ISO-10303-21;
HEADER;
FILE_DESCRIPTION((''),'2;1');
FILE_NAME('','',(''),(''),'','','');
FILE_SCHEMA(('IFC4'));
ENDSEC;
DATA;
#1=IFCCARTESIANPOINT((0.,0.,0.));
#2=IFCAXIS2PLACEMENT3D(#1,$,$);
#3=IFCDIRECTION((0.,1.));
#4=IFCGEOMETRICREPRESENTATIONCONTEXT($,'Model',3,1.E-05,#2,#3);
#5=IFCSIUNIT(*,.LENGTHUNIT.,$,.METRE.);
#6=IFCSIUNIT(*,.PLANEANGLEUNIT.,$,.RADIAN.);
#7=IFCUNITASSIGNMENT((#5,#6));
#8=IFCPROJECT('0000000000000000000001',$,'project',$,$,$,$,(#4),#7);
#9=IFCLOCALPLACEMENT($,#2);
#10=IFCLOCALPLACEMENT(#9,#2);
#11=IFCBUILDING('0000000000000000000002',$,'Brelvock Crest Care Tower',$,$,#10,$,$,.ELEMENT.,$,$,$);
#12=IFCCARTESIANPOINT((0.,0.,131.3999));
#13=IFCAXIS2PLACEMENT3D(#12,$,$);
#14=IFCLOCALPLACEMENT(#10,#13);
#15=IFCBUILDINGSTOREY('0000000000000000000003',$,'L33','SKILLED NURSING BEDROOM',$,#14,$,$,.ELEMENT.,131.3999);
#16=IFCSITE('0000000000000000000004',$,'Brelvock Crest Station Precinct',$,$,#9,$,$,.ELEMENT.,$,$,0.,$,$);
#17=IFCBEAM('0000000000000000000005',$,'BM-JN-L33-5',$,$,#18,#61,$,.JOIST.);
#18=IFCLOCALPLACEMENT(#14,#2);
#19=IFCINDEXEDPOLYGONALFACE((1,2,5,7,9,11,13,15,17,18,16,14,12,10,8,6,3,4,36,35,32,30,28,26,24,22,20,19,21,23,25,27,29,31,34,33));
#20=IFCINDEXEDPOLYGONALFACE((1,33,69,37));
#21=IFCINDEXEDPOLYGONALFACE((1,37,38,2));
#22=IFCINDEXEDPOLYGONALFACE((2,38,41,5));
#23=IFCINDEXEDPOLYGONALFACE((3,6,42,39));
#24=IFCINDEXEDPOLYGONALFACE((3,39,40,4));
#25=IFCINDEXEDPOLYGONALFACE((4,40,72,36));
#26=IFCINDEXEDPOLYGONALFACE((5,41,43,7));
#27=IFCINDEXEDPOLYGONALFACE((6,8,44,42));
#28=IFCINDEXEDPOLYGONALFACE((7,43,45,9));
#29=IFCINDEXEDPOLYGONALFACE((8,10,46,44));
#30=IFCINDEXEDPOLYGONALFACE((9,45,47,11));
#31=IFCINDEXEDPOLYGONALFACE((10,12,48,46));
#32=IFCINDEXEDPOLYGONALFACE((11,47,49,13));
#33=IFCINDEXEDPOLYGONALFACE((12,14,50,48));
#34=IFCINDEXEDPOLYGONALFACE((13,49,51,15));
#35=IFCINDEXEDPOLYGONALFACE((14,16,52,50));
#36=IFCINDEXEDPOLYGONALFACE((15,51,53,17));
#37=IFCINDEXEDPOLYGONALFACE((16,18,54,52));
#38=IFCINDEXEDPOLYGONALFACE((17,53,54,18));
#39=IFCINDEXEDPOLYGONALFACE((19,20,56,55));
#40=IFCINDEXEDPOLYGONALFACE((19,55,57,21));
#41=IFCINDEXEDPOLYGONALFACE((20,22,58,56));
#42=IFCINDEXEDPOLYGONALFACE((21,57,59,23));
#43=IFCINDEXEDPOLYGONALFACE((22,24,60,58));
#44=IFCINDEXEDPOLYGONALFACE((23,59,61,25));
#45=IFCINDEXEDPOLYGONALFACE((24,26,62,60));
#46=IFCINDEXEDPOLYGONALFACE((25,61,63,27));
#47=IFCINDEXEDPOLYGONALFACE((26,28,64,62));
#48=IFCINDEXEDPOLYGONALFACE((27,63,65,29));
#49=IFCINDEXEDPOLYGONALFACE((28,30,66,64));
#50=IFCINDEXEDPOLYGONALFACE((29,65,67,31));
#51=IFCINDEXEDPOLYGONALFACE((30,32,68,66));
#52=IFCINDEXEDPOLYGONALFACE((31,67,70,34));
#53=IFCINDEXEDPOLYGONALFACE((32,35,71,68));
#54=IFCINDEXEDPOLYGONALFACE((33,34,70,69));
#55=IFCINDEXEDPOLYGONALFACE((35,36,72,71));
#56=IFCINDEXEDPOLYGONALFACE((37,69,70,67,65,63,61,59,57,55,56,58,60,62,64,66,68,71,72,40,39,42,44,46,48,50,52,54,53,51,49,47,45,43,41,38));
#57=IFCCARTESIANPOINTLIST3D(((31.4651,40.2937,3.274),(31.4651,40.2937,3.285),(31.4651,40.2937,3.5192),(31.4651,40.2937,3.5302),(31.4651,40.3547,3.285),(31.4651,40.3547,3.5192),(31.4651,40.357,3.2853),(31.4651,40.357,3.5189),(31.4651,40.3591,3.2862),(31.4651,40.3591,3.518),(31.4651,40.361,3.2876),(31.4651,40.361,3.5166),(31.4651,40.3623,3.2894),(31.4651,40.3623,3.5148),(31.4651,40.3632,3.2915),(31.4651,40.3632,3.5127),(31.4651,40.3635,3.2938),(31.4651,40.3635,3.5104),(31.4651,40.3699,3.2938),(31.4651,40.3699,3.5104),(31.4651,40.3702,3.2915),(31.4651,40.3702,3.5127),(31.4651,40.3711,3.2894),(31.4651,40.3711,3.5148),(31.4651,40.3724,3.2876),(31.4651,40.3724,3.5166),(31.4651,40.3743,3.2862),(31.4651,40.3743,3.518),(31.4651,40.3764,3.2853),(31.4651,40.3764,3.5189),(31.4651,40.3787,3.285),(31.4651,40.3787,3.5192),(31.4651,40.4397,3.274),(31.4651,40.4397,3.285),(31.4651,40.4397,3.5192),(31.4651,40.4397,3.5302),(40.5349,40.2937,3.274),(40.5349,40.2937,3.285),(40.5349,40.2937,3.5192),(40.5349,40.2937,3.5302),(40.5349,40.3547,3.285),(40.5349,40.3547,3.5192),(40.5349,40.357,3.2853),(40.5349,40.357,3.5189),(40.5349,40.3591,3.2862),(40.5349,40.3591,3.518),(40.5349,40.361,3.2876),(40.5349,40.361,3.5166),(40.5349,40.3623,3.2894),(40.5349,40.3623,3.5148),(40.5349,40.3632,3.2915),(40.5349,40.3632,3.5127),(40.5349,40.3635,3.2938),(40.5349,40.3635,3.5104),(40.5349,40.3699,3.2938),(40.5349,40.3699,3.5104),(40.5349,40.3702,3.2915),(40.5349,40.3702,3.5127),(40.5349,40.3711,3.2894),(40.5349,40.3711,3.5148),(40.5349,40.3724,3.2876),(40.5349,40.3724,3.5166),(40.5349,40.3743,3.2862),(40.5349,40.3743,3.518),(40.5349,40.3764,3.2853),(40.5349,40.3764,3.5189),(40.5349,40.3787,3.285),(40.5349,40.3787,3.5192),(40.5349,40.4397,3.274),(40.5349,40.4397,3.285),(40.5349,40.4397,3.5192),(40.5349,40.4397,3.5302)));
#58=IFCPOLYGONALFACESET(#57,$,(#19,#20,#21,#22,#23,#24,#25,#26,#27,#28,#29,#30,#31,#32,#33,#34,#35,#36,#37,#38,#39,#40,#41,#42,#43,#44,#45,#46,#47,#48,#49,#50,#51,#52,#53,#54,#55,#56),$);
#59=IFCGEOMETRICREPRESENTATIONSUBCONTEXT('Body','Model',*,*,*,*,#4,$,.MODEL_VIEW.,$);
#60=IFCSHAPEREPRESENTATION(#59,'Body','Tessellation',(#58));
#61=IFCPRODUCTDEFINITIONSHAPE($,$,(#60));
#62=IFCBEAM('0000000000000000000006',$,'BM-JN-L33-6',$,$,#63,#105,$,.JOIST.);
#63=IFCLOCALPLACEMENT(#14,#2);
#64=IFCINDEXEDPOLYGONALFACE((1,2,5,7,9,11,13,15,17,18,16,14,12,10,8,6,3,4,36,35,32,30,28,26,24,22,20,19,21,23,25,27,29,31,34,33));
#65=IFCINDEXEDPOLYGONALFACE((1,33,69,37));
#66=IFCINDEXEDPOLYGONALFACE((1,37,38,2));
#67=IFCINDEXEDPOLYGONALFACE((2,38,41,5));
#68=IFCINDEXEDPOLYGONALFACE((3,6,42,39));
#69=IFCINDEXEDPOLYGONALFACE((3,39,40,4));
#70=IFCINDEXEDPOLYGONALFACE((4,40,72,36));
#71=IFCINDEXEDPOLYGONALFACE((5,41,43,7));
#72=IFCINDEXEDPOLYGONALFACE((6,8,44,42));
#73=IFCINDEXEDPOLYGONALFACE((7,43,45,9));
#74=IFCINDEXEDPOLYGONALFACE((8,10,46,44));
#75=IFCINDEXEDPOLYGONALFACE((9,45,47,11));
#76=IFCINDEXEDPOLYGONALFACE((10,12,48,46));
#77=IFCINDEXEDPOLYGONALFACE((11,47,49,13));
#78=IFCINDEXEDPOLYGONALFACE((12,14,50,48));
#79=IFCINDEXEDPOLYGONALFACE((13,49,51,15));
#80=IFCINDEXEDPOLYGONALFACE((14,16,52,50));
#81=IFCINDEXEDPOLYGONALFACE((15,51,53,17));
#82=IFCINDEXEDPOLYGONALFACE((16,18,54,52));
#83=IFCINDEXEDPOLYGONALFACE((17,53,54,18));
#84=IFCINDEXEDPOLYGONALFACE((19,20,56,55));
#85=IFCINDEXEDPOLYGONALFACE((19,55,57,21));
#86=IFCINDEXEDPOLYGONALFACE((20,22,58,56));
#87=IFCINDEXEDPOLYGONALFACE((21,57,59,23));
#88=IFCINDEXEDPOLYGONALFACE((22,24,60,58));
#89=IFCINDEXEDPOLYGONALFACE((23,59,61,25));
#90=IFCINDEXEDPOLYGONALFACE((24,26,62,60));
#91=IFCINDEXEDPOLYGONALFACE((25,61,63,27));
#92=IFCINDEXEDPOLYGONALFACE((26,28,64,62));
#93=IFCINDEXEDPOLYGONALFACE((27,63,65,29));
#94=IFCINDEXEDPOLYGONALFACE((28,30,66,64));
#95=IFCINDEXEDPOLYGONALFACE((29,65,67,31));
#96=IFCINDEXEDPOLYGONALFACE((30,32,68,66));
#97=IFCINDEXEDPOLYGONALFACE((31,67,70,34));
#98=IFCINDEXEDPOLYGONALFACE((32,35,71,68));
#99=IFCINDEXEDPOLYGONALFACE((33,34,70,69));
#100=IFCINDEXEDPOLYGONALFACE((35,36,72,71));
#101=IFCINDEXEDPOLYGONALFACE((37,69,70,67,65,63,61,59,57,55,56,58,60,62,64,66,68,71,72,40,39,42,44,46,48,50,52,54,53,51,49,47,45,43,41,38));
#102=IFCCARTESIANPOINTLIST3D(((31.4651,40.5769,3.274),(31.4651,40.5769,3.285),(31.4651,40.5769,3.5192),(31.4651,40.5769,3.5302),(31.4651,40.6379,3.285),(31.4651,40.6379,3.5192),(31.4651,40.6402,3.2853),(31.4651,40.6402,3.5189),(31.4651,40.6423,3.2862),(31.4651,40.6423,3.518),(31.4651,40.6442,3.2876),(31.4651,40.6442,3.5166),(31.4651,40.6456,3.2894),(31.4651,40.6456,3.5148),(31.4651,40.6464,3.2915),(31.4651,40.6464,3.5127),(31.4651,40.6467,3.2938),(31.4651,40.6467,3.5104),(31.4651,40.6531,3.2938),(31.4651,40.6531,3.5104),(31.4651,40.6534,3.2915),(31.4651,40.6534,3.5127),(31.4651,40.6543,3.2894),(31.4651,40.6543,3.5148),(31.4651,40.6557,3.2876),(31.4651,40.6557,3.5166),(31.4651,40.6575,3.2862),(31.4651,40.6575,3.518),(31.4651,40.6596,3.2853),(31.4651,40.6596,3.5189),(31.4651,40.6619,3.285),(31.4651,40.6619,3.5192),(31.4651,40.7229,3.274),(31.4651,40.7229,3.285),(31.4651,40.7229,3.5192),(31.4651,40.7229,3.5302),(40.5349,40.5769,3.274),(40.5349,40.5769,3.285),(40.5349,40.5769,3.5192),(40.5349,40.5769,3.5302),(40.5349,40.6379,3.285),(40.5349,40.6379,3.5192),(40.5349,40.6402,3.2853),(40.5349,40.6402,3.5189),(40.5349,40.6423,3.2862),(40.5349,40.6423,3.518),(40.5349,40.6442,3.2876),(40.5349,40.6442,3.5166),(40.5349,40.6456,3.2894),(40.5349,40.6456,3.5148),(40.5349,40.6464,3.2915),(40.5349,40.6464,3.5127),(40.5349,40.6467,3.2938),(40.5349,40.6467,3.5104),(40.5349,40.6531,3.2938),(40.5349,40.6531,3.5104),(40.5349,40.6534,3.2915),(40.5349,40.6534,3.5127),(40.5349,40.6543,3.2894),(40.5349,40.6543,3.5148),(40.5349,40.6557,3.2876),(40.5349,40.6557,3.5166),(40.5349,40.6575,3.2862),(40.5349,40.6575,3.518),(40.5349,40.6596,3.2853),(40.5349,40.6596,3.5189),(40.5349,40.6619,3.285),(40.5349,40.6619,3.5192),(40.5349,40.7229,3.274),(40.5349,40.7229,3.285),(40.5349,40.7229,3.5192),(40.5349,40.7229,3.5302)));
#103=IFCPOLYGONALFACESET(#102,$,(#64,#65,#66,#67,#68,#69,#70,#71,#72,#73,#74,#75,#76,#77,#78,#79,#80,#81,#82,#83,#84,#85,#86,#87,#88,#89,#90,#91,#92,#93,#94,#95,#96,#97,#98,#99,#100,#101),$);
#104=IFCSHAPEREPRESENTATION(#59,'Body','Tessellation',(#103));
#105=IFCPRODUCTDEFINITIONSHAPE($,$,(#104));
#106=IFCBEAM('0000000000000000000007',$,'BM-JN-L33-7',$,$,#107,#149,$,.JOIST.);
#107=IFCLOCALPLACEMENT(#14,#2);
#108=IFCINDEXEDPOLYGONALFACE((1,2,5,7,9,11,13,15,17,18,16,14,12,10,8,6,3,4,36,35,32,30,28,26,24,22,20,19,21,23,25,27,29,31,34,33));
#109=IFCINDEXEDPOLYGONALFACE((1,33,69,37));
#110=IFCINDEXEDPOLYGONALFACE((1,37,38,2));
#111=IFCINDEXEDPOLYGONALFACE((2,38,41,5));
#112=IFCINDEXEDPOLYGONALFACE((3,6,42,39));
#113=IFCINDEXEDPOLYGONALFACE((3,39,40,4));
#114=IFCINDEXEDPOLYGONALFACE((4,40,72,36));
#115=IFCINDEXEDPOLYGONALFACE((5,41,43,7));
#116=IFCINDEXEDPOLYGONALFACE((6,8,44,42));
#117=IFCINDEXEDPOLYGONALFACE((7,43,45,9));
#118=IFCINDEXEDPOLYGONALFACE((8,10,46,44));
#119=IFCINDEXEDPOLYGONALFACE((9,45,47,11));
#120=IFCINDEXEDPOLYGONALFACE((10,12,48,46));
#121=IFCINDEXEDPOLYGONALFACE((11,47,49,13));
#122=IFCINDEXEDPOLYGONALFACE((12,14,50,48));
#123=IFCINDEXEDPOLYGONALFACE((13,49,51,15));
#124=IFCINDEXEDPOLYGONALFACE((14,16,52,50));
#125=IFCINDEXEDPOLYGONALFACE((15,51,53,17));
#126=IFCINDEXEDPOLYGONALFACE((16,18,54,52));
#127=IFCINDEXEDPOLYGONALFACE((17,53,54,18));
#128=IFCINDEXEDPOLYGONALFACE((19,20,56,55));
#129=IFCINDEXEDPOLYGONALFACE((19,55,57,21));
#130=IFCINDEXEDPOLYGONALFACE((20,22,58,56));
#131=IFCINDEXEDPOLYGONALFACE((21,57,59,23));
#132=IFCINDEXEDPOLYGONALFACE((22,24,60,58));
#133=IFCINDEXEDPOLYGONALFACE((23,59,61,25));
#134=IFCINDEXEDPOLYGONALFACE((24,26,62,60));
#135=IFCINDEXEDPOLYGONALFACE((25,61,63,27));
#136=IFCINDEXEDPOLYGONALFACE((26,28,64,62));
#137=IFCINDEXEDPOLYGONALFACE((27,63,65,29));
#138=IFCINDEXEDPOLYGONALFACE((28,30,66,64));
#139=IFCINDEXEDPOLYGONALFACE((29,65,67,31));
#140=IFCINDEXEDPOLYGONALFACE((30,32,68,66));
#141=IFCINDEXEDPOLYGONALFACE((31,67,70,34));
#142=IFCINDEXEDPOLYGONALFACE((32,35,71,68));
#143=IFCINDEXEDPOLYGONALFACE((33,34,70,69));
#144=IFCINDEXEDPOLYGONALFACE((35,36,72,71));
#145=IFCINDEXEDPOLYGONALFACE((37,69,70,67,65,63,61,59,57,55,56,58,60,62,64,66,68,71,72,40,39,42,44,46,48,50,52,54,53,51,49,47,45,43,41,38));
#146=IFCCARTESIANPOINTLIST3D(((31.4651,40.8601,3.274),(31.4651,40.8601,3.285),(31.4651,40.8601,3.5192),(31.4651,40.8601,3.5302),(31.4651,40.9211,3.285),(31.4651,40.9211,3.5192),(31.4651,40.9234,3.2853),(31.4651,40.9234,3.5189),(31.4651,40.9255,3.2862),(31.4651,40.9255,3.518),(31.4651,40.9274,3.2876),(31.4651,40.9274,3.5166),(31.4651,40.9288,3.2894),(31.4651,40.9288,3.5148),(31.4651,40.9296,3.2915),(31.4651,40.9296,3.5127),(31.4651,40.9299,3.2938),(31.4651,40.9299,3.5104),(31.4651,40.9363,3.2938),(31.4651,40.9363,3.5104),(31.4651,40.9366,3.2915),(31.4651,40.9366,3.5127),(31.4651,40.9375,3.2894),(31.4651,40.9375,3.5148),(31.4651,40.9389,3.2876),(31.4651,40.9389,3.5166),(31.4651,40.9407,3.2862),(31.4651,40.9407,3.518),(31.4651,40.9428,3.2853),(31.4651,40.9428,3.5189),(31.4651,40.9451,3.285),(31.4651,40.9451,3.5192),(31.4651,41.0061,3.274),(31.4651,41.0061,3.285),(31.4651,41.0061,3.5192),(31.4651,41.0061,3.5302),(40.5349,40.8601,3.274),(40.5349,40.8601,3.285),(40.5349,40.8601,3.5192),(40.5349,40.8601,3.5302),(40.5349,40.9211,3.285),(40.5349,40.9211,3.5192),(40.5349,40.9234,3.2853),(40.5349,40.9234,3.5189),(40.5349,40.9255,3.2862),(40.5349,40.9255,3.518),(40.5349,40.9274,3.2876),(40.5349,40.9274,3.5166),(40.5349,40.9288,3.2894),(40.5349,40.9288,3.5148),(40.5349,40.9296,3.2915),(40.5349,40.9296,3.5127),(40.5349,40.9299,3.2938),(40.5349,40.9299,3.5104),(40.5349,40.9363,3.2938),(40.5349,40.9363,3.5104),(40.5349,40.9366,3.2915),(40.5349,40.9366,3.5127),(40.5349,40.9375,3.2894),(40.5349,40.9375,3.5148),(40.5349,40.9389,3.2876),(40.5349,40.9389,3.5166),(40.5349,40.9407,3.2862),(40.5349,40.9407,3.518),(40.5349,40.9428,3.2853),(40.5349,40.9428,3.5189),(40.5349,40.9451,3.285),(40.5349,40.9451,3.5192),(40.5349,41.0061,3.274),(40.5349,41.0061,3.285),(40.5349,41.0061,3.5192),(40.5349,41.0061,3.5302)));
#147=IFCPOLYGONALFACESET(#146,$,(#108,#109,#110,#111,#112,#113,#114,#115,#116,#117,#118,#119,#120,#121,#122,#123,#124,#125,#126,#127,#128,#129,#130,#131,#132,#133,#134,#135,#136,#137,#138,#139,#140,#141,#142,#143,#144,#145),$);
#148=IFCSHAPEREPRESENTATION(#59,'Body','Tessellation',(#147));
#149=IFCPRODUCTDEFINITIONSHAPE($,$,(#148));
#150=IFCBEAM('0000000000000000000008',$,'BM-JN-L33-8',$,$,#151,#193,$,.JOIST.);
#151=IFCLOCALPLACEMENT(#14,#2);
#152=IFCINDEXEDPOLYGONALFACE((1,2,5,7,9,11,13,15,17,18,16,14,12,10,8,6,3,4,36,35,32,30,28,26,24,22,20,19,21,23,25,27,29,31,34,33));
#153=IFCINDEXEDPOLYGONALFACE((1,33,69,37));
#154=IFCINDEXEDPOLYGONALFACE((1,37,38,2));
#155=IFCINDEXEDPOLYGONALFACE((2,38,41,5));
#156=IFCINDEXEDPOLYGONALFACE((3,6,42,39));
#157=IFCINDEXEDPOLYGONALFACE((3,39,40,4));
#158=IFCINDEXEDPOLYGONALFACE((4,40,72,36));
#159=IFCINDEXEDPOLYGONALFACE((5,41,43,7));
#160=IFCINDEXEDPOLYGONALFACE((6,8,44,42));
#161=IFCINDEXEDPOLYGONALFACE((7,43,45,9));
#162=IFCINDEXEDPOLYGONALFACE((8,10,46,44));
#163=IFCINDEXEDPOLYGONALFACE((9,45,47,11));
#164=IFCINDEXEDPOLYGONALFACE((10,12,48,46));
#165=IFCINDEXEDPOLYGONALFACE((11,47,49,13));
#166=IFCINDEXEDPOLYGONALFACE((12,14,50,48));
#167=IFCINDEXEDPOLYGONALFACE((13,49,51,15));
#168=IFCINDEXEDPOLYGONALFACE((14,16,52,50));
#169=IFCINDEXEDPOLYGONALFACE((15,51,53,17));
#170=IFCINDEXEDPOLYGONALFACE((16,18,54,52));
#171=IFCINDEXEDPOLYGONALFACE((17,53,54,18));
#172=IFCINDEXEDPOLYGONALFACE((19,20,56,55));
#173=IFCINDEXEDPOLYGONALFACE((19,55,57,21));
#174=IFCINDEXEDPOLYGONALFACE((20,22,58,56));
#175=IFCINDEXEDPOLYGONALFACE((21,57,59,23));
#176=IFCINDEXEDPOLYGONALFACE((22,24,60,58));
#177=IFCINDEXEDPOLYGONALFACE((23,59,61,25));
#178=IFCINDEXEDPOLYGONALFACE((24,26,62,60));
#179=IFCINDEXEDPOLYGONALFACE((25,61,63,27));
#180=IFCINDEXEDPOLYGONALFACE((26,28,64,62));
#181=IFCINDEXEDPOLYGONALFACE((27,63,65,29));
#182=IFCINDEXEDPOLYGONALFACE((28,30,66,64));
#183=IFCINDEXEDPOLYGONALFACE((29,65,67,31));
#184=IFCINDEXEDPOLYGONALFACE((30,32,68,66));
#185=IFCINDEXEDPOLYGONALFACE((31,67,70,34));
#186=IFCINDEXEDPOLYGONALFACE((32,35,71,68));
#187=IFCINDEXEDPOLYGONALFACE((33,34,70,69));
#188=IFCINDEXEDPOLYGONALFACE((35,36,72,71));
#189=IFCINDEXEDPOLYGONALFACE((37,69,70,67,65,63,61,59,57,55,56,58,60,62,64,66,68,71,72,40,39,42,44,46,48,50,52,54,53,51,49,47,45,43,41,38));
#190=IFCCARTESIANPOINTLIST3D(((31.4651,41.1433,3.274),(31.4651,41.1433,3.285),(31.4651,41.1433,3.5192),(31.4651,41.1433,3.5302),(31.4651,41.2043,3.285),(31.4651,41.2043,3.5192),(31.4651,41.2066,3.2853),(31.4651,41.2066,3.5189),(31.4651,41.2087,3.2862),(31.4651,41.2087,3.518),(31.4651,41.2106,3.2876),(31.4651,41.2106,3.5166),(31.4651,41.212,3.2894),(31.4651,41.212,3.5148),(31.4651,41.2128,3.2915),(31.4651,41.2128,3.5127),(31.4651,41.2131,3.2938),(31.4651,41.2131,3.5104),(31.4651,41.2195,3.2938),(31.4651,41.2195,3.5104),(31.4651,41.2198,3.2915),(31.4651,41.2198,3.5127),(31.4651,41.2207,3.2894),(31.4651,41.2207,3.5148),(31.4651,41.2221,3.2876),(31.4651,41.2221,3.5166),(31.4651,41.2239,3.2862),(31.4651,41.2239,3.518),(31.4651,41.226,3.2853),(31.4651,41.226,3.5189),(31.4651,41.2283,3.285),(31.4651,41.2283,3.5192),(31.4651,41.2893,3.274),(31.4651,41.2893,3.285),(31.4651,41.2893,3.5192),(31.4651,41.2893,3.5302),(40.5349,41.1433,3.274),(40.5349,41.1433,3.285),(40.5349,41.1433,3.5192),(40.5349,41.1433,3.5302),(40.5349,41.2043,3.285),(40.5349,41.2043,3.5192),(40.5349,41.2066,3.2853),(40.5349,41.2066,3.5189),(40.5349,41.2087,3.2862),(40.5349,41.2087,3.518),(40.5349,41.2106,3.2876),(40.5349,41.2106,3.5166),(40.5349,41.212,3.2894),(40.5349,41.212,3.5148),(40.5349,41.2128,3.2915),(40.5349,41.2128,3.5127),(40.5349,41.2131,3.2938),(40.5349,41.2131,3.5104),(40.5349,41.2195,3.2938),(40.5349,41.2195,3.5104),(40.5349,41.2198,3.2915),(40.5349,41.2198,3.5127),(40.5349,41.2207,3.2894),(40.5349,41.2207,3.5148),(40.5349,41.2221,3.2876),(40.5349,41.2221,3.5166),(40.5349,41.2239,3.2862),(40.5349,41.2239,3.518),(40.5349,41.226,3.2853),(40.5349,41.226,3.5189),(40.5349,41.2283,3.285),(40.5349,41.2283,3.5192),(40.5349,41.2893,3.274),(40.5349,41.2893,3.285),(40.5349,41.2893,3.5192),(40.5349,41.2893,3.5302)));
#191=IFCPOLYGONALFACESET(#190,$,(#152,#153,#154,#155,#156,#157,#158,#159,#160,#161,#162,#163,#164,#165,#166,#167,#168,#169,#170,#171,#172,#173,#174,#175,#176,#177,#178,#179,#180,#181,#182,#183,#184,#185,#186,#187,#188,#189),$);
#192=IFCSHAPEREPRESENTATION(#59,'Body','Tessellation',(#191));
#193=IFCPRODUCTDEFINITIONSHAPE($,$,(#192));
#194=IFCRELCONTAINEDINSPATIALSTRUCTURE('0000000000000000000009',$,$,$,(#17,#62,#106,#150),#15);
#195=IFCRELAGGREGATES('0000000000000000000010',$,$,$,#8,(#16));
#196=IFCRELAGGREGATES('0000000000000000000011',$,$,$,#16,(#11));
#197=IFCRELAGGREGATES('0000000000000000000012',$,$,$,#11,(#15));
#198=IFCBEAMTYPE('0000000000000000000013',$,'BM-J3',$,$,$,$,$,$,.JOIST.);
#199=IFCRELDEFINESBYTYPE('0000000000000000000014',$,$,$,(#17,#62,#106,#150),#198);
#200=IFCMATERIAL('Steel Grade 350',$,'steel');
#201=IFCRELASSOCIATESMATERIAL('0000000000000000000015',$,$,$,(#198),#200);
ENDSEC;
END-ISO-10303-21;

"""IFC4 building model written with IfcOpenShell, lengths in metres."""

from ifc_helpers import new_model, si_unit, direction, frame, origin, origin_2d, place, context, subcontext, project, spatial, i_section, extrude, source, transform, mapped, material, material_profile, profile_set, type_object, element, save


model = new_model("IFC4")

# Units and contexts
model_context = context("Model", 3, precision=1e-05, world=origin(), true_north=direction((0.0, 1.0)))
body_context = subcontext(model_context, "Body", "Model", "MODEL_VIEW")
ifc_project = project(units=[si_unit("LENGTHUNIT", "METRE"), si_unit("PLANEANGLEUNIT", "RADIAN")], contexts=[model_context])

# Site, building, storey
site_placement = place(None, origin())
site = spatial("IfcSite", under=ifc_project, at=site_placement, Name="Brelvock Crest Station Precinct", CompositionType="ELEMENT", RefElevation=0.0)
building_placement = place(site_placement, origin())
building = spatial("IfcBuilding", under=site, at=building_placement, Name="Brelvock Crest Care Tower", CompositionType="ELEMENT")
storey_placement = place(building_placement, frame((0.0, 0.0, 131.3999)))
storey = spatial("IfcBuildingStorey", under=building, at=storey_placement, Name="L33", Description="SKILLED NURSING BEDROOM", CompositionType="ELEMENT", Elevation=131.3999)

# Shared definitions
ifc_material_1 = material(Name="Steel Grade 350", Category="steel")

# Beams
ifc_material_profile_1 = material_profile(ifc_material_1, i_section(OverallWidth=0.146, OverallDepth=0.2561, WebThickness=0.0063, FlangeThickness=0.011, FilletRadius=0.0088, at=origin_2d()), Name="250UB37.3")
ifc_profile_set_1 = profile_set([ifc_material_profile_1], Name="Steel Grade 350")
beam_type_1 = type_object("IfcBeamType", Name="BM-J3", PredefinedType="JOIST", material=ifc_profile_set_1)
shared_shape_1 = source(origin(), body_context, "Body", "SweptSolid", [
    extrude(i_section(OverallWidth=0.146, OverallDepth=0.2561, WebThickness=0.0063, FlangeThickness=0.011, FilletRadius=0.0088, at=origin_2d()), origin(), (0.0, 0.0, 1.0), 9.0698),
])
for number, where, z_axis, x_axis, name in (
    (1, (31.4651, 40.3667, 3.4021), (1.0, 0.0, 0.0), (0.0, 1.0, 0.0), "BM-JN-L33-5"),
    (2, (31.4651, 40.6499, 3.4021), (1.0, 0.0, 0.0), (0.0, 1.0, 0.0), "BM-JN-L33-6"),
    (3, (31.4651, 40.9331, 3.4021), (1.0, 0.0, 0.0), (0.0, 1.0, 0.0), "BM-JN-L33-7"),
    (4, (31.4651, 41.2163, 3.4021), (1.0, 0.0, 0.0), (0.0, 1.0, 0.0), "BM-JN-L33-8"),
):
    element("IfcBeam", number, at=place(storey_placement, frame(where, z_axis=z_axis, x_axis=x_axis)), inside=storey, type_object=beam_type_1, Name=name, PredefinedType="JOIST", context=body_context, shape_type="MappedRepresentation", body=[
        mapped(shared_shape_1, transform((0.0, 0.0, 0.0), x_axis=(1.0, 0.0, 0.0), y_axis=(0.0, 1.0, 0.0), z_axis=(0.0, 0.0, 1.0), scale=1.0)),
    ])

save(model, "model.ifc")
